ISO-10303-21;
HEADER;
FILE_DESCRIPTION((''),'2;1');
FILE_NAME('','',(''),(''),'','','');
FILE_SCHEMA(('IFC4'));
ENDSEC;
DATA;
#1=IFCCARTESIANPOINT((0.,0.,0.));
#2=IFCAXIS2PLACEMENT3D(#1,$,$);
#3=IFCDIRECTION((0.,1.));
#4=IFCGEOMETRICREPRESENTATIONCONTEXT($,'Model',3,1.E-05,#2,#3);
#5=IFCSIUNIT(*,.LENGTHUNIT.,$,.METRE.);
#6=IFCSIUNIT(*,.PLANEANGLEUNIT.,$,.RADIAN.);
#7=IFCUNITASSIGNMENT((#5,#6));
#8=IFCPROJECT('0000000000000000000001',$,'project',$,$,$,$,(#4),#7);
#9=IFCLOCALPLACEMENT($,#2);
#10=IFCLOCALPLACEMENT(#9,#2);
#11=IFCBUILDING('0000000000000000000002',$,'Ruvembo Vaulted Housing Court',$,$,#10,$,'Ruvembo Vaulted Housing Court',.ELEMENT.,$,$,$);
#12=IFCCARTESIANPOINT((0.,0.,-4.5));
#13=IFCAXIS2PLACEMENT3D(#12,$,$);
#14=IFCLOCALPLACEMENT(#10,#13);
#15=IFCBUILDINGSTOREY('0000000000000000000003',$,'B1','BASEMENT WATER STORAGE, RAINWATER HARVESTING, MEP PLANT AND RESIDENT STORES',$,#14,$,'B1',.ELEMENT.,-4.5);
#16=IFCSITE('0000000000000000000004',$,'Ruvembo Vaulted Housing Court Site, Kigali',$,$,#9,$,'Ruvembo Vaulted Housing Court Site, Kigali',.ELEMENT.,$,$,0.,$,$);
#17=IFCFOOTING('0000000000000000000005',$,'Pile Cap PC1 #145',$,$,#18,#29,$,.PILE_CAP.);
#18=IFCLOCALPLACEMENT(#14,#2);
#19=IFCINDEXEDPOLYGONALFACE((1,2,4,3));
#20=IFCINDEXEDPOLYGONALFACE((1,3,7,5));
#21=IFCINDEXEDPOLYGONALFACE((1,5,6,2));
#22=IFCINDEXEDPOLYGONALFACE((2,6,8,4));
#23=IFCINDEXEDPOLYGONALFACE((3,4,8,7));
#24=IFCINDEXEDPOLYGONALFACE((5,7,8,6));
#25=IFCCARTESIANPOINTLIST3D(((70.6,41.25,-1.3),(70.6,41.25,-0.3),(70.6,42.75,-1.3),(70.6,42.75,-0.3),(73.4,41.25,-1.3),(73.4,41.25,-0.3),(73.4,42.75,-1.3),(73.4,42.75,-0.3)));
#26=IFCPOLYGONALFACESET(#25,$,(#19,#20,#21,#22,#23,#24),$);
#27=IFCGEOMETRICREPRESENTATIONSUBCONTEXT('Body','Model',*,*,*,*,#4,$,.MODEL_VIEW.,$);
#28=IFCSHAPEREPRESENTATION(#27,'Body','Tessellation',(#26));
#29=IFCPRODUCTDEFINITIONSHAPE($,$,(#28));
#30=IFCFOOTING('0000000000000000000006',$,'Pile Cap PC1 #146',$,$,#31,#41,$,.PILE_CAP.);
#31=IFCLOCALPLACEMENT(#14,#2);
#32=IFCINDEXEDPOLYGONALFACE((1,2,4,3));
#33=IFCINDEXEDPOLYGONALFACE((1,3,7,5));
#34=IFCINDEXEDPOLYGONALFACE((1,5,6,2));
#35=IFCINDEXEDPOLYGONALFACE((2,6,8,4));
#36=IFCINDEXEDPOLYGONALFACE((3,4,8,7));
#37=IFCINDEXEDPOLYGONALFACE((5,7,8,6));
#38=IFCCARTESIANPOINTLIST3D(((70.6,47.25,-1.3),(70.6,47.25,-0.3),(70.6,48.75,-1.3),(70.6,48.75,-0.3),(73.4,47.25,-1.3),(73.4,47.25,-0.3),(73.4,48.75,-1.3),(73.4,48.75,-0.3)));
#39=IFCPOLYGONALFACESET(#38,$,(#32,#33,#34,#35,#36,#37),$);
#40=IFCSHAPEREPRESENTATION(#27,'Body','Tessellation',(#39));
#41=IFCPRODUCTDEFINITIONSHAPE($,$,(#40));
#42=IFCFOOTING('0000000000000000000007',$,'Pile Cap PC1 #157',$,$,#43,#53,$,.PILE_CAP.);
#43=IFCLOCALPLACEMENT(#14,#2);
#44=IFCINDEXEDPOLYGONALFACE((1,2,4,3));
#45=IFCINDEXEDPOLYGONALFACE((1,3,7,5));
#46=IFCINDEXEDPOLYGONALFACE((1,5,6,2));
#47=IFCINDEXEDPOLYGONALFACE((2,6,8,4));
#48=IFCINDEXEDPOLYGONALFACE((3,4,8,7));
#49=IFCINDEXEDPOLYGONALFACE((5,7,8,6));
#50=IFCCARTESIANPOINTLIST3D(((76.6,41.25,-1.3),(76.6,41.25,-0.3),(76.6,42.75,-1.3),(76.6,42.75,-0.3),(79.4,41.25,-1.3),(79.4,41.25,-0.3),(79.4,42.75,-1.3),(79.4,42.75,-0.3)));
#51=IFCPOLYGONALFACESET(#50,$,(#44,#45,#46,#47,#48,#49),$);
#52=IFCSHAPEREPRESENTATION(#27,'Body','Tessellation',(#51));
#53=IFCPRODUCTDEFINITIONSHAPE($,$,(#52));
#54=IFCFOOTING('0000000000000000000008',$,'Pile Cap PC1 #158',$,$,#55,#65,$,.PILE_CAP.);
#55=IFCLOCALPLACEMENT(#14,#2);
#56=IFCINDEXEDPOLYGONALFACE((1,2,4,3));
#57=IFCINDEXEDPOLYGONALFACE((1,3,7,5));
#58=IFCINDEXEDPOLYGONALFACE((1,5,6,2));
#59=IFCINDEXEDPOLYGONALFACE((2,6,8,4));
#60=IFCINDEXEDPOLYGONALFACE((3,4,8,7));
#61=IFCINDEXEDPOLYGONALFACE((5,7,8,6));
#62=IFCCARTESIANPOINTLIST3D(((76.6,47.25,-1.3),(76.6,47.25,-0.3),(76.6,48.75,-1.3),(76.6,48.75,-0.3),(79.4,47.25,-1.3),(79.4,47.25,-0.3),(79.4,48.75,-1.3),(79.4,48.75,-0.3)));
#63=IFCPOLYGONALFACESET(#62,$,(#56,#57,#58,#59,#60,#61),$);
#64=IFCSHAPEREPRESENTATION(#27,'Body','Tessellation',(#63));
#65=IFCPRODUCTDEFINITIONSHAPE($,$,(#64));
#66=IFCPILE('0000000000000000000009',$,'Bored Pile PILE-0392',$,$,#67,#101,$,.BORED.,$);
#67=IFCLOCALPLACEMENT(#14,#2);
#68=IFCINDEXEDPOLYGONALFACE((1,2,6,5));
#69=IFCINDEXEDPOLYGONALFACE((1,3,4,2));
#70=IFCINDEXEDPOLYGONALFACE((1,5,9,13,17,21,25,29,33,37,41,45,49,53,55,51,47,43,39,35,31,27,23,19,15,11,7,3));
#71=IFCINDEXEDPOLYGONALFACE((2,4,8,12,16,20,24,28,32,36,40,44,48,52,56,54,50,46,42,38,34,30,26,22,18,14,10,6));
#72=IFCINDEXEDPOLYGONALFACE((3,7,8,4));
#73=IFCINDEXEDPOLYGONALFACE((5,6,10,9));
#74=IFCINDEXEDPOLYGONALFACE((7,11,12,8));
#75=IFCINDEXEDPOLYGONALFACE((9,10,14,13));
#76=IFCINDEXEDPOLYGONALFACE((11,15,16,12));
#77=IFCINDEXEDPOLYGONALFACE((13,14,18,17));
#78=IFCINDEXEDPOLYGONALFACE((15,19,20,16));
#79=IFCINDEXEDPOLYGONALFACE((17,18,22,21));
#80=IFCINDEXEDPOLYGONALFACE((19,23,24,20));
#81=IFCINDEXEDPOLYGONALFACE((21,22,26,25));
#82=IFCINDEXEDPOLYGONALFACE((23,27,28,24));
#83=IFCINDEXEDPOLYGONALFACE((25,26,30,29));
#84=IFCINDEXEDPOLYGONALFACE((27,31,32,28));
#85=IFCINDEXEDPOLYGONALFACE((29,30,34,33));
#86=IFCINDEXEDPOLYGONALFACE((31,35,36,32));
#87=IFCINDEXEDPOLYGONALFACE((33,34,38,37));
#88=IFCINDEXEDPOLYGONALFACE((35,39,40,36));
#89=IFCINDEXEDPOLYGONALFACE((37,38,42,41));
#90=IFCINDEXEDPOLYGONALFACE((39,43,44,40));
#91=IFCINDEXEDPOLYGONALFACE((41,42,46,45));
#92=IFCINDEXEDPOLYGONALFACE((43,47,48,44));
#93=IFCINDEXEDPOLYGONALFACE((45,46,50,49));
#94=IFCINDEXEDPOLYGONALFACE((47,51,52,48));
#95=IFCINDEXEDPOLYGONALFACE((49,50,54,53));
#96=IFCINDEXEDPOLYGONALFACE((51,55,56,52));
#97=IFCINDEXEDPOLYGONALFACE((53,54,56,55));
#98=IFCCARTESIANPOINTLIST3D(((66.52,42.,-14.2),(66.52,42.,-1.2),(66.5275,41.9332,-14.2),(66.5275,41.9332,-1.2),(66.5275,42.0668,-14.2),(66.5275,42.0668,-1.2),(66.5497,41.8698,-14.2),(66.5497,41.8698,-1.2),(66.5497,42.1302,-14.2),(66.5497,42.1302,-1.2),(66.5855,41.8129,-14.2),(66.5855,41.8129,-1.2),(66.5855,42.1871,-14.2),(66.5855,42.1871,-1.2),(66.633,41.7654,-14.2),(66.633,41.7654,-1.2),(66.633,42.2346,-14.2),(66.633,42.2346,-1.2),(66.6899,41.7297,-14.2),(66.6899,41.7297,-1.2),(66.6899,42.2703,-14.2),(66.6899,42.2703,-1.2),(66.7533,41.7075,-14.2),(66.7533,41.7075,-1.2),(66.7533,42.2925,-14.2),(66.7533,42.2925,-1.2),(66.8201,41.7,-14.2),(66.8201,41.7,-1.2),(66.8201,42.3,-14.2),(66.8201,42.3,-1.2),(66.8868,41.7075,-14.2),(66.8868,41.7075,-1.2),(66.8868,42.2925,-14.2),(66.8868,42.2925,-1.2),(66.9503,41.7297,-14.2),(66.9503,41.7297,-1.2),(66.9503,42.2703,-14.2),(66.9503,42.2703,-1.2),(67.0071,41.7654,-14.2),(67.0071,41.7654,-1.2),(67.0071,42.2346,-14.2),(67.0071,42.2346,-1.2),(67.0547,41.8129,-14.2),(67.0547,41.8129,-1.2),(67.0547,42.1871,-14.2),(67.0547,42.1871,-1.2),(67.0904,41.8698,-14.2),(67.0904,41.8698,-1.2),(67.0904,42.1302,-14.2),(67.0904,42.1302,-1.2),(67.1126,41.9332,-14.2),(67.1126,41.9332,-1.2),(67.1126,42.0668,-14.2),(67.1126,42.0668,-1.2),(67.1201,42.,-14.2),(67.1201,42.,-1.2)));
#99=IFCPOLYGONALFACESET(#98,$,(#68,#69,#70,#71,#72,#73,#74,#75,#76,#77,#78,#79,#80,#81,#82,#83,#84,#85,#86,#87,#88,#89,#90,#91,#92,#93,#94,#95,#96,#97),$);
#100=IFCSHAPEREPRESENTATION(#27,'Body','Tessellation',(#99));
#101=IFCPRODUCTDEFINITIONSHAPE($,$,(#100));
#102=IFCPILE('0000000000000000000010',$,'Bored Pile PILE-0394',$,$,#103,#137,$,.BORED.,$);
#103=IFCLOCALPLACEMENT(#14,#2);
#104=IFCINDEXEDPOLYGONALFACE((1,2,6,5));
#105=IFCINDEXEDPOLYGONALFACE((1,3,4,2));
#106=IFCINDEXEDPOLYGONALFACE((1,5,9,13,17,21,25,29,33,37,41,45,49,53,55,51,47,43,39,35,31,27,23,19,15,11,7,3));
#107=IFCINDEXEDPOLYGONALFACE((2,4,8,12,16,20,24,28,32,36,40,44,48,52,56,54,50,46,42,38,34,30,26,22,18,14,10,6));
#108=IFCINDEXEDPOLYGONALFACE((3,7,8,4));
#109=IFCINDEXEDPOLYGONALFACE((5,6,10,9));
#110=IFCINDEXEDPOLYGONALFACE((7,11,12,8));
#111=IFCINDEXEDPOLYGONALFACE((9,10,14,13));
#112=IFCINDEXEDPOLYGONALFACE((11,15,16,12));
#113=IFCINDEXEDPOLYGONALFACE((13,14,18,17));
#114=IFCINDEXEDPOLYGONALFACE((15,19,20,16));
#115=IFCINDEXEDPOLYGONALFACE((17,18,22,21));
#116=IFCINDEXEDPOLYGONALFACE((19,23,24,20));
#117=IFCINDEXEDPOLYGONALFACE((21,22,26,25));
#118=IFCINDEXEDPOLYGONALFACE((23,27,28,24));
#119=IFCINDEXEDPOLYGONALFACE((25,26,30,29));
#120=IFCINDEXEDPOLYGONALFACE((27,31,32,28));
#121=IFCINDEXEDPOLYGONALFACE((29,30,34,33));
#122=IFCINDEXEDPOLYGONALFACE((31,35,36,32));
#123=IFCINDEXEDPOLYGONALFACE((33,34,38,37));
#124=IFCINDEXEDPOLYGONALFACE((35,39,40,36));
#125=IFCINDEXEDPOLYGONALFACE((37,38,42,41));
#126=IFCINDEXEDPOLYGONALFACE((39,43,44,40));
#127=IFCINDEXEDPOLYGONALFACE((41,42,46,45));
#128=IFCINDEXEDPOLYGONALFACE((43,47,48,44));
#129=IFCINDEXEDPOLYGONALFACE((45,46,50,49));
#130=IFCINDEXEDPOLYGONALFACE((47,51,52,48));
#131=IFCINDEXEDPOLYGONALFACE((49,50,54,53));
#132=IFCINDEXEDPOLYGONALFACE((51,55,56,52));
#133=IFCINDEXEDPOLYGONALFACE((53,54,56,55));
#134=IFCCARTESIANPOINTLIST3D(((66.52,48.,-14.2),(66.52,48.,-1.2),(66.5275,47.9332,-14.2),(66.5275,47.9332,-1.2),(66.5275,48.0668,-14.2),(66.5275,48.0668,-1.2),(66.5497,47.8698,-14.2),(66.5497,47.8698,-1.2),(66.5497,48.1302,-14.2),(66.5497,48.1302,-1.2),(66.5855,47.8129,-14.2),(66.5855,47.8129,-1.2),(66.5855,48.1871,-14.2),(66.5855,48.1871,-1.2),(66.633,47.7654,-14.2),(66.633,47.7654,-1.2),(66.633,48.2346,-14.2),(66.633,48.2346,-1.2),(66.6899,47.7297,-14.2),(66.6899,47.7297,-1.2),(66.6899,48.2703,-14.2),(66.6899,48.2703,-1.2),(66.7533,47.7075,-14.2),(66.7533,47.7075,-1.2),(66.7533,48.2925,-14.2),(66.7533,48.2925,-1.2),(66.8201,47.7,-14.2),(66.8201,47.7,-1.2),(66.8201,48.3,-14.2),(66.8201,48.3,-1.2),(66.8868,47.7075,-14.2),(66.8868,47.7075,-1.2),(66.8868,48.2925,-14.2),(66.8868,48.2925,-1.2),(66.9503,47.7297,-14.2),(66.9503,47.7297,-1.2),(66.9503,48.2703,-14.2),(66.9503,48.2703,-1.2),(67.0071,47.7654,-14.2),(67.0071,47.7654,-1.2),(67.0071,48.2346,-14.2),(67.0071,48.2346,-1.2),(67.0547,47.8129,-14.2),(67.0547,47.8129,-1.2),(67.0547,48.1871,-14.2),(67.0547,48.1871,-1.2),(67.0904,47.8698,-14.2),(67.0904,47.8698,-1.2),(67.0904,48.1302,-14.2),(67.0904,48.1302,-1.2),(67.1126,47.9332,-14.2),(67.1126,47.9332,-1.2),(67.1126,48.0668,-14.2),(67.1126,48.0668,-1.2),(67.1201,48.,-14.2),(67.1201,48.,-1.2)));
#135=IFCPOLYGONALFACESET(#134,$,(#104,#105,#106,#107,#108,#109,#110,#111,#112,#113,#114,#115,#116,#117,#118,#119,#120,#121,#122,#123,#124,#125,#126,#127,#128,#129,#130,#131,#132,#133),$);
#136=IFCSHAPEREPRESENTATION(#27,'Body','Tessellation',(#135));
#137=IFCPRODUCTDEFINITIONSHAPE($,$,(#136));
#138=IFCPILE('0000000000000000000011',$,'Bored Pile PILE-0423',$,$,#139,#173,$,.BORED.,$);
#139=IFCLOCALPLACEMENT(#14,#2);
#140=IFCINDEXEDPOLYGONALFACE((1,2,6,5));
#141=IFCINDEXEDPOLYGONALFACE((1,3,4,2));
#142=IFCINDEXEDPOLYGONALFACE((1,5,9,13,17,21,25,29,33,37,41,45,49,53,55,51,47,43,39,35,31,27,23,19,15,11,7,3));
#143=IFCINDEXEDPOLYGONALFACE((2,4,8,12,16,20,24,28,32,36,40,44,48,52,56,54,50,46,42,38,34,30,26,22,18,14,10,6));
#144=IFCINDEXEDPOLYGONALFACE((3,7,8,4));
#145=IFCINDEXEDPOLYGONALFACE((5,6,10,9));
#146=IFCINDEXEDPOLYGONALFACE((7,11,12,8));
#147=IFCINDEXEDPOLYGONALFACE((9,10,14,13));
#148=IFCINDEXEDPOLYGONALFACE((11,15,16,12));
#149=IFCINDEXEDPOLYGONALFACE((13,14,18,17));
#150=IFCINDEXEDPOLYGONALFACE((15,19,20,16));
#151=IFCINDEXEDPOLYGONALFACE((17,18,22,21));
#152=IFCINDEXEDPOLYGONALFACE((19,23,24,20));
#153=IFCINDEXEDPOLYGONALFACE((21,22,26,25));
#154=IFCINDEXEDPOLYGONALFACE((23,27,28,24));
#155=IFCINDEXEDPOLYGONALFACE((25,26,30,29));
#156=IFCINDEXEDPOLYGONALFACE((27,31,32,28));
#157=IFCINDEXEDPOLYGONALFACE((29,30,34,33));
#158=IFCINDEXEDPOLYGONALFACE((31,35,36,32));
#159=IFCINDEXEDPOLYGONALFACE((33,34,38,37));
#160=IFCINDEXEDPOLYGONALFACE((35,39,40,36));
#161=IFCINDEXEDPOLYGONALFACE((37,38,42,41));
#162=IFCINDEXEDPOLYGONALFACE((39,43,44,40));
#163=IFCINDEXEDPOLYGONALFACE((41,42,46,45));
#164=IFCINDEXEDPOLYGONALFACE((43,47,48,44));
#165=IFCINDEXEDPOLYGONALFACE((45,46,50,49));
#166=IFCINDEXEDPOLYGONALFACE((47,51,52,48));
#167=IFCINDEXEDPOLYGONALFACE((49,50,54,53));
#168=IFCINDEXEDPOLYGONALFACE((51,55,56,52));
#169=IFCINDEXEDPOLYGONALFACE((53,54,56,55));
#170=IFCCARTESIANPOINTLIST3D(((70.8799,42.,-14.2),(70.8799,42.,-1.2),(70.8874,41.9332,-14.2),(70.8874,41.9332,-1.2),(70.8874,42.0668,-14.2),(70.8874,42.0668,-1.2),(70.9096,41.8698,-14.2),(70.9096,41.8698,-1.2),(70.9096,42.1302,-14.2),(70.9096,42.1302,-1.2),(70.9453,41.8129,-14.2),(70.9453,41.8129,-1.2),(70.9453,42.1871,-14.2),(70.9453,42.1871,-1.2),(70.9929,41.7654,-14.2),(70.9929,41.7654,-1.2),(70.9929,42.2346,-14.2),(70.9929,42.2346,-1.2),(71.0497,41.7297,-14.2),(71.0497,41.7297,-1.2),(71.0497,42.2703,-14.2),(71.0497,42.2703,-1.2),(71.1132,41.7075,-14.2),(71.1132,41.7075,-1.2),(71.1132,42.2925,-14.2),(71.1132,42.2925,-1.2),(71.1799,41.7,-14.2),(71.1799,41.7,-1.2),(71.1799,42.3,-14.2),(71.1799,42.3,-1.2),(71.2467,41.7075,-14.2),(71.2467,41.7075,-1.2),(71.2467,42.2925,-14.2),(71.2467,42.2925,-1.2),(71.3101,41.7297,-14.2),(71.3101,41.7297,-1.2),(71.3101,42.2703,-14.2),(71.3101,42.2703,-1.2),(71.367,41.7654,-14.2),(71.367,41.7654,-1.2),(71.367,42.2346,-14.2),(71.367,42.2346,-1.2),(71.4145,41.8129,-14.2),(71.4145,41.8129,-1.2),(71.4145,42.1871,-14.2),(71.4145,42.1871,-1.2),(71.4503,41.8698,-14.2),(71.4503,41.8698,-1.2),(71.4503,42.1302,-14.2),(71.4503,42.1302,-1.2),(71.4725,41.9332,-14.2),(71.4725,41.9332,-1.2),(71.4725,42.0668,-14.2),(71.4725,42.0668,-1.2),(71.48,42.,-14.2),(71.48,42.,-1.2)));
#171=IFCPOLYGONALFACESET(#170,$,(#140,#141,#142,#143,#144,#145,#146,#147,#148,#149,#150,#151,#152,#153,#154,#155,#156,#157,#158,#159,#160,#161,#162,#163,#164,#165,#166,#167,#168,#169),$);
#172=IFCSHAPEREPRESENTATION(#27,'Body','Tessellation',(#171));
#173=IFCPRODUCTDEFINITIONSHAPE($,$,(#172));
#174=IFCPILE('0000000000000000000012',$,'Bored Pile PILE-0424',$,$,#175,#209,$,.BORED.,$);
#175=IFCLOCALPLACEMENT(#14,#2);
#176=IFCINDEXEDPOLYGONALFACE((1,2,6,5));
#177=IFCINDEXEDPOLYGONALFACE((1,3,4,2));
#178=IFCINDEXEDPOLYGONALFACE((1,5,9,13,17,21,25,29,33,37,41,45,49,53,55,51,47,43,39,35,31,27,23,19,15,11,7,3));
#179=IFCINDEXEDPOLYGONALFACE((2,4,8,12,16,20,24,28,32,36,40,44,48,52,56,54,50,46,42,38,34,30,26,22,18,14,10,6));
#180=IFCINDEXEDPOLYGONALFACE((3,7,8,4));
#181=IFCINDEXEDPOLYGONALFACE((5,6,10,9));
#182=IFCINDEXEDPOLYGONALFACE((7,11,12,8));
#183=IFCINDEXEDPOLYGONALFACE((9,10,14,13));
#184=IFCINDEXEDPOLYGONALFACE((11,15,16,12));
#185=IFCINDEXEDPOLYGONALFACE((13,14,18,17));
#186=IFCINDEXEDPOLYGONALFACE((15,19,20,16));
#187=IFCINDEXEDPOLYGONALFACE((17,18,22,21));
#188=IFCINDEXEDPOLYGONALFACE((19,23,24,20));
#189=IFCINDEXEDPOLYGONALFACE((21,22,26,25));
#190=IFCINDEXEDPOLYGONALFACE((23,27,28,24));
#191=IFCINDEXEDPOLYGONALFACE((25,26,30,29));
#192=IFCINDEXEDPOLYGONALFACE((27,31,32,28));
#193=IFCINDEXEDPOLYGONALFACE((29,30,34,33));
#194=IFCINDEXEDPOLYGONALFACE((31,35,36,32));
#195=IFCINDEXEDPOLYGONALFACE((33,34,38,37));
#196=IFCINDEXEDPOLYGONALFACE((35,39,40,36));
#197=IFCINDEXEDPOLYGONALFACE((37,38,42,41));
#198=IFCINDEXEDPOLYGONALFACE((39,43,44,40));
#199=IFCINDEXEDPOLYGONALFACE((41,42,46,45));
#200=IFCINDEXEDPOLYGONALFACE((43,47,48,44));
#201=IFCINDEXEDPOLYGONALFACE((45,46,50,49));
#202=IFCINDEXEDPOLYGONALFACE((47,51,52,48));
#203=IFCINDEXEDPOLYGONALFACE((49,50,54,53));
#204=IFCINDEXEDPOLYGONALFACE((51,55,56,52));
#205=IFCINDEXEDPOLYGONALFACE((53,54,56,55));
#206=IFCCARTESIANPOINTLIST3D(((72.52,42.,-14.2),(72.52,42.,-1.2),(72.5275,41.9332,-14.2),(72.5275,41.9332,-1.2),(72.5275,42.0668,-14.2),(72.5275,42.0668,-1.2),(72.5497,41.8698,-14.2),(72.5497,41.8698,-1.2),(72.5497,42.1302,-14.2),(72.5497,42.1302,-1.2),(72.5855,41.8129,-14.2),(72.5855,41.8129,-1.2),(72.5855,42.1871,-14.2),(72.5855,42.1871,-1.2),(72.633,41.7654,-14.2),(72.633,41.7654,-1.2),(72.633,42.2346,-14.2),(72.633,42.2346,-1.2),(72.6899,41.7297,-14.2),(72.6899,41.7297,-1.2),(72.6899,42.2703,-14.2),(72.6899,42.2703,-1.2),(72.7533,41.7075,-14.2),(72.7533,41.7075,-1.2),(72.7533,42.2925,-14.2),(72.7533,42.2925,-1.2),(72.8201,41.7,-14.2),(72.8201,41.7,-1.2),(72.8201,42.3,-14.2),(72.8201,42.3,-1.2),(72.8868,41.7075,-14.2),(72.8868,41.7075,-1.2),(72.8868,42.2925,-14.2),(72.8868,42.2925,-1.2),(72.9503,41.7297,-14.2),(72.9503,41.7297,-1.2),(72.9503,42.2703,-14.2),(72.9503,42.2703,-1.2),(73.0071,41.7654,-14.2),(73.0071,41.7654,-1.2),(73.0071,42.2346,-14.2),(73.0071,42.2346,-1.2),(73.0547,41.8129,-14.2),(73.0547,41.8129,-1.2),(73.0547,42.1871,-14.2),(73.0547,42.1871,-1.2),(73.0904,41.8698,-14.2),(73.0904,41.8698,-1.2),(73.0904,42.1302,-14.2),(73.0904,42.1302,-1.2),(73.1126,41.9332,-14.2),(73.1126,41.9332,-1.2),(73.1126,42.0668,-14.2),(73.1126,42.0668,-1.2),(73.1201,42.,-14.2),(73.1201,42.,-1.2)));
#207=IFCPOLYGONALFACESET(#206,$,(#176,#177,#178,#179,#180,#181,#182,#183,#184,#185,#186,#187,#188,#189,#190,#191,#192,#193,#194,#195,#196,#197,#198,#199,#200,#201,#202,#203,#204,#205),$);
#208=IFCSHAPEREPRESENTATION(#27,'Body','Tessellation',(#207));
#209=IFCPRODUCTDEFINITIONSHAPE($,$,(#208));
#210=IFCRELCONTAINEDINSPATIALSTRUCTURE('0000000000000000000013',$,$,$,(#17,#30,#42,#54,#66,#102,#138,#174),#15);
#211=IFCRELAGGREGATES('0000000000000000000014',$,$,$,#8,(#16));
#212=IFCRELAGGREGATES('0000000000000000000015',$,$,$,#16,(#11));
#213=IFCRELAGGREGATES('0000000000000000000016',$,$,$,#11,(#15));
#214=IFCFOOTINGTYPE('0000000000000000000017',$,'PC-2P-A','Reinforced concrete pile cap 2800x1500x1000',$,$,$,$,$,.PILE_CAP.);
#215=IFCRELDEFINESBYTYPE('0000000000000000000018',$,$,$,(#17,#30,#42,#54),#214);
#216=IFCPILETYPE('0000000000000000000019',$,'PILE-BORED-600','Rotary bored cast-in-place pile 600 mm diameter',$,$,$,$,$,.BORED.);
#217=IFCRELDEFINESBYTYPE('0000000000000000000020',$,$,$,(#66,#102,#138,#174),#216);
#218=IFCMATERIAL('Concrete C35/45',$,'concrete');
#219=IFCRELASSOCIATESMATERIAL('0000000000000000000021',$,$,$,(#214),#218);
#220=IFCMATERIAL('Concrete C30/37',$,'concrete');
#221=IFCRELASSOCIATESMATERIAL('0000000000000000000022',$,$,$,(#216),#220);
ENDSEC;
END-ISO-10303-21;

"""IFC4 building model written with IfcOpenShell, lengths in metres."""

from ifc_helpers import new_model, si_unit, direction, frame, origin, origin_2d, place, context, subcontext, project, spatial, rectangle, circle, extrude, material, material_profile, profile_set, type_object, element, save


model = new_model("IFC4")

# Units and contexts
model_context = context("Model", 3, precision=1e-05, world=origin(), true_north=direction((0.0, 1.0)))
body_context = subcontext(model_context, "Body", "Model", "MODEL_VIEW")
ifc_project = project(units=[si_unit("LENGTHUNIT", "METRE"), si_unit("PLANEANGLEUNIT", "RADIAN")], contexts=[model_context])

# Site, building, storey
site_placement = place(None, origin())
site = spatial("IfcSite", under=ifc_project, at=site_placement, Name="Ruvembo Vaulted Housing Court Site, Kigali", LongName="Ruvembo Vaulted Housing Court Site, Kigali", CompositionType="ELEMENT", RefElevation=0.0)
building_placement = place(site_placement, origin())
building = spatial("IfcBuilding", under=site, at=building_placement, Name="Ruvembo Vaulted Housing Court", LongName="Ruvembo Vaulted Housing Court", CompositionType="ELEMENT")
storey_placement = place(building_placement, frame((0.0, 0.0, -4.5)))
storey = spatial("IfcBuildingStorey", under=building, at=storey_placement, Name="B1", Description="BASEMENT WATER STORAGE, RAINWATER HARVESTING, MEP PLANT AND RESIDENT STORES", LongName="B1", CompositionType="ELEMENT", Elevation=-4.5)

# Footings
ifc_material_1 = material(Name="Concrete C35/45", Category="concrete")
footing_type = type_object("IfcFootingType", Name="PC-2P-A", Description="Reinforced concrete pile cap 2800x1500x1000", PredefinedType="PILE_CAP", material=ifc_material_1)
for number, where, z_axis, x_axis, name in (
    (1, (72.0, 42.0, -1.3), (0.0, 0.0, 1.0), (1.0, 0.0, 0.0), "Pile Cap PC1 #145"),
    (2, (72.0, 48.0, -1.3), (0.0, 0.0, 1.0), (1.0, 0.0, 0.0), "Pile Cap PC1 #146"),
    (3, (78.0, 42.0, -1.3), (0.0, 0.0, 1.0), (1.0, 0.0, 0.0), "Pile Cap PC1 #157"),
    (4, (78.0, 48.0, -1.3), (0.0, 0.0, 1.0), (1.0, 0.0, 0.0), "Pile Cap PC1 #158"),
):
    element("IfcFooting", number, at=place(storey_placement, frame(where, z_axis=z_axis, x_axis=x_axis)), inside=storey, type_object=footing_type, Name=name, PredefinedType="PILE_CAP", context=body_context, shape_type="SweptSolid", body=[
        extrude(rectangle(XDim=2.8, YDim=1.5, at=origin_2d()), origin(), (0.0, 0.0, 1.0), 1.0),
    ])

# Piles
ifc_material_2 = material(Name="Concrete C30/37", Category="concrete")
ifc_material_profile_1 = material_profile(ifc_material_2, circle(Radius=0.3, at=origin_2d()), Name="PILE D600")
ifc_profile_set_1 = profile_set([ifc_material_profile_1], Name="Concrete C30/37")
pile_type = type_object("IfcPileType", Name="PILE-BORED-600", Description="Rotary bored cast-in-place pile 600 mm diameter", PredefinedType="BORED", material=ifc_profile_set_1)
for number, where, z_axis, x_axis, name in (
    (5, (66.8201, 42.0, -1.2), (0.0, 0.0, -1.0), (1.0, 0.0, 0.0), "Bored Pile PILE-0392"),
    (6, (66.8201, 48.0, -1.2), (0.0, 0.0, -1.0), (1.0, 0.0, 0.0), "Bored Pile PILE-0394"),
    (7, (71.1799, 42.0, -1.2), (0.0, 0.0, -1.0), (1.0, 0.0, 0.0), "Bored Pile PILE-0423"),
    (8, (72.8201, 42.0, -1.2), (0.0, 0.0, -1.0), (1.0, 0.0, 0.0), "Bored Pile PILE-0424"),
):
    element("IfcPile", number, at=place(storey_placement, frame(where, z_axis=z_axis, x_axis=x_axis)), inside=storey, type_object=pile_type, Name=name, PredefinedType="BORED", context=body_context, shape_type="SweptSolid", body=[
        extrude(circle(Radius=0.3, at=origin_2d()), origin(), (0.0, 0.0, 1.0), 13.0),
    ])

save(model, "model.ifc")
